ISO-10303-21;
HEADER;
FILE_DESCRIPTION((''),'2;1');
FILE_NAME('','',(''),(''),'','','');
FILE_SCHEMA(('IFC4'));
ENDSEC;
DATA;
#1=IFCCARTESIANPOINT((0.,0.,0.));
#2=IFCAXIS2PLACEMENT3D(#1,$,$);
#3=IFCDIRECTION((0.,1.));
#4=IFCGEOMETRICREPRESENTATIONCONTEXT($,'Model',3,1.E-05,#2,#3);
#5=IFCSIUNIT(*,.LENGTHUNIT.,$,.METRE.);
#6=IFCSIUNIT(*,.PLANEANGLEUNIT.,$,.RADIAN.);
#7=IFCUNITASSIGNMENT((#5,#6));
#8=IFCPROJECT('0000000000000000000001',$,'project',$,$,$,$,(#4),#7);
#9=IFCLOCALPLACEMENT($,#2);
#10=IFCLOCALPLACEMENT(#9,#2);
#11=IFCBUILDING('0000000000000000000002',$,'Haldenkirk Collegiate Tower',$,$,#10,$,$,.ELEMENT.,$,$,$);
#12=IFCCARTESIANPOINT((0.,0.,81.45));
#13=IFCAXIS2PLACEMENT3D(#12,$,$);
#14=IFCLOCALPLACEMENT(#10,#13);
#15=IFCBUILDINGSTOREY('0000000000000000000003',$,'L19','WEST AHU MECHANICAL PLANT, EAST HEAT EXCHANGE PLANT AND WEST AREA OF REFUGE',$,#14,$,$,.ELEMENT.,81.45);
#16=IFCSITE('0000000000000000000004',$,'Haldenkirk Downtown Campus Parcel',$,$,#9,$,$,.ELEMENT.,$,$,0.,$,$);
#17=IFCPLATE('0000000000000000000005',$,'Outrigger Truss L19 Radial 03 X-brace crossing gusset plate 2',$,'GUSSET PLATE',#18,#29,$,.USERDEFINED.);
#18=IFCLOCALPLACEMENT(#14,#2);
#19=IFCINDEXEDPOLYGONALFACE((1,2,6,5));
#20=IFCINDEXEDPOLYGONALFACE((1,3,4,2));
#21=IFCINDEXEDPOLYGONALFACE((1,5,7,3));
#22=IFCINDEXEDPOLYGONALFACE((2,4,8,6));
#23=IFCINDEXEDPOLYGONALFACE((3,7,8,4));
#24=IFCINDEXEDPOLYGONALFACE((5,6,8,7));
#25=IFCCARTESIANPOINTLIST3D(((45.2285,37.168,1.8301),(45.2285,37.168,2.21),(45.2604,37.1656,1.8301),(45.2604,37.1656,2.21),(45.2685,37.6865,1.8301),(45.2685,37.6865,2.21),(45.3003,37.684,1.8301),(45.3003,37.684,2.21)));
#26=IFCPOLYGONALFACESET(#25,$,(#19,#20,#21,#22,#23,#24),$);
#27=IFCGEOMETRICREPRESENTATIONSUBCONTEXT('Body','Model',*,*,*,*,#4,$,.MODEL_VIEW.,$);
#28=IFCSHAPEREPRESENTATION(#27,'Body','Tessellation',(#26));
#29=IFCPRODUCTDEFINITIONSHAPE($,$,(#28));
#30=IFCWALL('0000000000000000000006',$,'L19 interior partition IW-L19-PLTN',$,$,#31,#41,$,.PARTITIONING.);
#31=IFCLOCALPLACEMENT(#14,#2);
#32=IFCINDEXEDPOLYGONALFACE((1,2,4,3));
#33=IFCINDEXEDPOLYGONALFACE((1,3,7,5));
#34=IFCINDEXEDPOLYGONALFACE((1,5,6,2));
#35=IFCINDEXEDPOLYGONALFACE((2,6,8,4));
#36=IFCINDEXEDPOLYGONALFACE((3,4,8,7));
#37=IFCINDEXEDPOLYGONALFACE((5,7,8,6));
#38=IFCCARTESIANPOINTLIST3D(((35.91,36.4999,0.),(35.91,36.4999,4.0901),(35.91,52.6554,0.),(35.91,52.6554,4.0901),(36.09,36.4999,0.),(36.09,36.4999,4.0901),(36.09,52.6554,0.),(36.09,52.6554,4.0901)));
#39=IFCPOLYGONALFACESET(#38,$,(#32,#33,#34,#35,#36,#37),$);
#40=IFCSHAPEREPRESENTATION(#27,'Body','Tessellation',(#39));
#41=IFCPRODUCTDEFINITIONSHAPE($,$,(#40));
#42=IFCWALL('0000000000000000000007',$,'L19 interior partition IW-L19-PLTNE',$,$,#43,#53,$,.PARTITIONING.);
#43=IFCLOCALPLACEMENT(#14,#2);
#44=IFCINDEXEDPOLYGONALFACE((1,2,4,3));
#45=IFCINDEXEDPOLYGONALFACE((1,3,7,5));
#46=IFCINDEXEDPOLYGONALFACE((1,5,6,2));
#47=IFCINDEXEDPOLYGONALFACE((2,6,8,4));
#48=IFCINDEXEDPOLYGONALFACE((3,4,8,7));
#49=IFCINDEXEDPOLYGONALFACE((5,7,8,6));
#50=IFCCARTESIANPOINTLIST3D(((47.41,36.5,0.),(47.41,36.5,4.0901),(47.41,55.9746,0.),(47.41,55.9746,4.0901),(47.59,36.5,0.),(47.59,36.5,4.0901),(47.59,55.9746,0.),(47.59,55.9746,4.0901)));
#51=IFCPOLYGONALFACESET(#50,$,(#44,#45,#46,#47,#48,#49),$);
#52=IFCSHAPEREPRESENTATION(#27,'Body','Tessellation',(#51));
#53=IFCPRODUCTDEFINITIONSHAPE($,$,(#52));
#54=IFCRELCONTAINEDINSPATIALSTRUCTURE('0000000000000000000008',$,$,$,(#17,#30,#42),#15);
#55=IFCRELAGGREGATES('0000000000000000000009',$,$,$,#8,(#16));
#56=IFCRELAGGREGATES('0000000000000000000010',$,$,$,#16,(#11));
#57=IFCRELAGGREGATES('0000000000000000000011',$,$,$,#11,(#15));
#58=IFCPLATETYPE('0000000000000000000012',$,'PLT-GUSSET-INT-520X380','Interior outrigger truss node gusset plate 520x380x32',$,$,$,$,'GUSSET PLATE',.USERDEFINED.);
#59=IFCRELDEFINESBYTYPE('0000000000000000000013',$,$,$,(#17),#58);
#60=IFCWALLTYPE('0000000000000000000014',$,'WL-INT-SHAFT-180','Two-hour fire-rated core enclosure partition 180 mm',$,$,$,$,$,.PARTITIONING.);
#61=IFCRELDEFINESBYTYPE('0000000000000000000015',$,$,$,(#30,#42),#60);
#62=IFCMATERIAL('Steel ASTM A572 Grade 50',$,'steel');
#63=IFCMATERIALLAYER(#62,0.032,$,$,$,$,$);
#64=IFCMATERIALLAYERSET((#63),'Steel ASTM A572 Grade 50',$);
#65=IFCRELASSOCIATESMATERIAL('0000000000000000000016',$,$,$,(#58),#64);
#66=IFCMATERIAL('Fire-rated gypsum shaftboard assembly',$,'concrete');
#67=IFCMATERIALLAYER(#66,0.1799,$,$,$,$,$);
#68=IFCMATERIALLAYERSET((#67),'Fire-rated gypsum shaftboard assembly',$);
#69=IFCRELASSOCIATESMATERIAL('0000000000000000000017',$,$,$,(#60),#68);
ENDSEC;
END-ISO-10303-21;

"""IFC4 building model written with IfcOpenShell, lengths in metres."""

from ifc_helpers import new_model, si_unit, direction, frame, frame_2d, origin, origin_2d, place, context, subcontext, project, spatial, rectangle, extrude, source, transform, mapped, material, layer, layer_set, type_object, element, save


model = new_model("IFC4")

# Units and contexts
model_context = context("Model", 3, precision=1e-05, world=origin(), true_north=direction((0.0, 1.0)))
body_context = subcontext(model_context, "Body", "Model", "MODEL_VIEW")
ifc_project = project(units=[si_unit("LENGTHUNIT", "METRE"), si_unit("PLANEANGLEUNIT", "RADIAN")], contexts=[model_context])

# Site, building, storey
site_placement = place(None, origin())
site = spatial("IfcSite", under=ifc_project, at=site_placement, Name="Haldenkirk Downtown Campus Parcel", CompositionType="ELEMENT", RefElevation=0.0)
building_placement = place(site_placement, origin())
building = spatial("IfcBuilding", under=site, at=building_placement, Name="Haldenkirk Collegiate Tower", CompositionType="ELEMENT")
storey_placement = place(building_placement, frame((0.0, 0.0, 81.45)))
storey = spatial("IfcBuildingStorey", under=building, at=storey_placement, Name="L19", Description="WEST AHU MECHANICAL PLANT, EAST HEAT EXCHANGE PLANT AND WEST AREA OF REFUGE", CompositionType="ELEMENT", Elevation=81.45)

# Shared definitions
ifc_material_1 = material(Name="Steel ASTM A572 Grade 50", Category="steel")

# Plate
ifc_layer_1 = layer(ifc_material_1, 0.032)
ifc_layer_set_1 = layer_set([ifc_layer_1], Name="Steel ASTM A572 Grade 50")
plate_type_1 = type_object("IfcPlateType", Name="PLT-GUSSET-INT-520X380", Description="Interior outrigger truss node gusset plate 520x380x32", ElementType="GUSSET PLATE", PredefinedType="USERDEFINED", material=ifc_layer_set_1)
shared_shape_1 = source(origin(), body_context, "Body", "SweptSolid", [
    extrude(rectangle(XDim=0.52, YDim=0.032, at=origin_2d()), origin(), (0.0, 0.0, 1.0), 0.3799),
])
plate_placement = place(storey_placement, frame((45.2644, 37.426, 1.8301), z_axis=(0.0, 0.0, 1.0), x_axis=(0.076898, 0.997039, 0.0)))
element("IfcPlate", 1, at=plate_placement, inside=storey, type_object=plate_type_1, Name="Outrigger Truss L19 Radial 03 X-brace crossing gusset plate 2", ObjectType="GUSSET PLATE", PredefinedType="USERDEFINED", context=body_context, shape_type="MappedRepresentation", body=[
    mapped(shared_shape_1, transform((0.0, 0.0, 0.0), x_axis=(1.0, 0.0, 0.0), y_axis=(0.0, 1.0, 0.0), z_axis=(0.0, 0.0, 1.0), scale=1.0)),
])

# Walls
ifc_material_2 = material(Name="Fire-rated gypsum shaftboard assembly", Category="concrete")
ifc_layer_2 = layer(ifc_material_2, 0.1799)
ifc_layer_set_2 = layer_set([ifc_layer_2], Name="Fire-rated gypsum shaftboard assembly")
wall_type = type_object("IfcWallType", Name="WL-INT-SHAFT-180", Description="Two-hour fire-rated core enclosure partition 180 mm", PredefinedType="PARTITIONING", material=ifc_layer_set_2)
wall_1_placement = place(storey_placement, frame((36.0, 36.5, 0.0), z_axis=(0.0, 0.0, 1.0), x_axis=(0.0, 1.0, 0.0)))
element("IfcWall", 2, at=wall_1_placement, inside=storey, type_object=wall_type, Name="L19 interior partition IW-L19-PLTN", PredefinedType="PARTITIONING", context=body_context, shape_type="SweptSolid", body=[
    extrude(rectangle(XDim=16.1555, YDim=0.1799, at=frame_2d((8.0776, 0.0))), origin(), (0.0, 0.0, 1.0), 4.0901),
])
wall_2_placement = place(storey_placement, frame((47.5, 36.5, 0.0), z_axis=(0.0, 0.0, 1.0), x_axis=(0.0, 1.0, 0.0)))
element("IfcWall", 3, at=wall_2_placement, inside=storey, type_object=wall_type, Name="L19 interior partition IW-L19-PLTNE", PredefinedType="PARTITIONING", context=body_context, shape_type="SweptSolid", body=[
    extrude(rectangle(XDim=19.4746, YDim=0.1799, at=frame_2d((9.7373, 0.0))), origin(), (0.0, 0.0, 1.0), 4.0901),
])

save(model, "model.ifc")
